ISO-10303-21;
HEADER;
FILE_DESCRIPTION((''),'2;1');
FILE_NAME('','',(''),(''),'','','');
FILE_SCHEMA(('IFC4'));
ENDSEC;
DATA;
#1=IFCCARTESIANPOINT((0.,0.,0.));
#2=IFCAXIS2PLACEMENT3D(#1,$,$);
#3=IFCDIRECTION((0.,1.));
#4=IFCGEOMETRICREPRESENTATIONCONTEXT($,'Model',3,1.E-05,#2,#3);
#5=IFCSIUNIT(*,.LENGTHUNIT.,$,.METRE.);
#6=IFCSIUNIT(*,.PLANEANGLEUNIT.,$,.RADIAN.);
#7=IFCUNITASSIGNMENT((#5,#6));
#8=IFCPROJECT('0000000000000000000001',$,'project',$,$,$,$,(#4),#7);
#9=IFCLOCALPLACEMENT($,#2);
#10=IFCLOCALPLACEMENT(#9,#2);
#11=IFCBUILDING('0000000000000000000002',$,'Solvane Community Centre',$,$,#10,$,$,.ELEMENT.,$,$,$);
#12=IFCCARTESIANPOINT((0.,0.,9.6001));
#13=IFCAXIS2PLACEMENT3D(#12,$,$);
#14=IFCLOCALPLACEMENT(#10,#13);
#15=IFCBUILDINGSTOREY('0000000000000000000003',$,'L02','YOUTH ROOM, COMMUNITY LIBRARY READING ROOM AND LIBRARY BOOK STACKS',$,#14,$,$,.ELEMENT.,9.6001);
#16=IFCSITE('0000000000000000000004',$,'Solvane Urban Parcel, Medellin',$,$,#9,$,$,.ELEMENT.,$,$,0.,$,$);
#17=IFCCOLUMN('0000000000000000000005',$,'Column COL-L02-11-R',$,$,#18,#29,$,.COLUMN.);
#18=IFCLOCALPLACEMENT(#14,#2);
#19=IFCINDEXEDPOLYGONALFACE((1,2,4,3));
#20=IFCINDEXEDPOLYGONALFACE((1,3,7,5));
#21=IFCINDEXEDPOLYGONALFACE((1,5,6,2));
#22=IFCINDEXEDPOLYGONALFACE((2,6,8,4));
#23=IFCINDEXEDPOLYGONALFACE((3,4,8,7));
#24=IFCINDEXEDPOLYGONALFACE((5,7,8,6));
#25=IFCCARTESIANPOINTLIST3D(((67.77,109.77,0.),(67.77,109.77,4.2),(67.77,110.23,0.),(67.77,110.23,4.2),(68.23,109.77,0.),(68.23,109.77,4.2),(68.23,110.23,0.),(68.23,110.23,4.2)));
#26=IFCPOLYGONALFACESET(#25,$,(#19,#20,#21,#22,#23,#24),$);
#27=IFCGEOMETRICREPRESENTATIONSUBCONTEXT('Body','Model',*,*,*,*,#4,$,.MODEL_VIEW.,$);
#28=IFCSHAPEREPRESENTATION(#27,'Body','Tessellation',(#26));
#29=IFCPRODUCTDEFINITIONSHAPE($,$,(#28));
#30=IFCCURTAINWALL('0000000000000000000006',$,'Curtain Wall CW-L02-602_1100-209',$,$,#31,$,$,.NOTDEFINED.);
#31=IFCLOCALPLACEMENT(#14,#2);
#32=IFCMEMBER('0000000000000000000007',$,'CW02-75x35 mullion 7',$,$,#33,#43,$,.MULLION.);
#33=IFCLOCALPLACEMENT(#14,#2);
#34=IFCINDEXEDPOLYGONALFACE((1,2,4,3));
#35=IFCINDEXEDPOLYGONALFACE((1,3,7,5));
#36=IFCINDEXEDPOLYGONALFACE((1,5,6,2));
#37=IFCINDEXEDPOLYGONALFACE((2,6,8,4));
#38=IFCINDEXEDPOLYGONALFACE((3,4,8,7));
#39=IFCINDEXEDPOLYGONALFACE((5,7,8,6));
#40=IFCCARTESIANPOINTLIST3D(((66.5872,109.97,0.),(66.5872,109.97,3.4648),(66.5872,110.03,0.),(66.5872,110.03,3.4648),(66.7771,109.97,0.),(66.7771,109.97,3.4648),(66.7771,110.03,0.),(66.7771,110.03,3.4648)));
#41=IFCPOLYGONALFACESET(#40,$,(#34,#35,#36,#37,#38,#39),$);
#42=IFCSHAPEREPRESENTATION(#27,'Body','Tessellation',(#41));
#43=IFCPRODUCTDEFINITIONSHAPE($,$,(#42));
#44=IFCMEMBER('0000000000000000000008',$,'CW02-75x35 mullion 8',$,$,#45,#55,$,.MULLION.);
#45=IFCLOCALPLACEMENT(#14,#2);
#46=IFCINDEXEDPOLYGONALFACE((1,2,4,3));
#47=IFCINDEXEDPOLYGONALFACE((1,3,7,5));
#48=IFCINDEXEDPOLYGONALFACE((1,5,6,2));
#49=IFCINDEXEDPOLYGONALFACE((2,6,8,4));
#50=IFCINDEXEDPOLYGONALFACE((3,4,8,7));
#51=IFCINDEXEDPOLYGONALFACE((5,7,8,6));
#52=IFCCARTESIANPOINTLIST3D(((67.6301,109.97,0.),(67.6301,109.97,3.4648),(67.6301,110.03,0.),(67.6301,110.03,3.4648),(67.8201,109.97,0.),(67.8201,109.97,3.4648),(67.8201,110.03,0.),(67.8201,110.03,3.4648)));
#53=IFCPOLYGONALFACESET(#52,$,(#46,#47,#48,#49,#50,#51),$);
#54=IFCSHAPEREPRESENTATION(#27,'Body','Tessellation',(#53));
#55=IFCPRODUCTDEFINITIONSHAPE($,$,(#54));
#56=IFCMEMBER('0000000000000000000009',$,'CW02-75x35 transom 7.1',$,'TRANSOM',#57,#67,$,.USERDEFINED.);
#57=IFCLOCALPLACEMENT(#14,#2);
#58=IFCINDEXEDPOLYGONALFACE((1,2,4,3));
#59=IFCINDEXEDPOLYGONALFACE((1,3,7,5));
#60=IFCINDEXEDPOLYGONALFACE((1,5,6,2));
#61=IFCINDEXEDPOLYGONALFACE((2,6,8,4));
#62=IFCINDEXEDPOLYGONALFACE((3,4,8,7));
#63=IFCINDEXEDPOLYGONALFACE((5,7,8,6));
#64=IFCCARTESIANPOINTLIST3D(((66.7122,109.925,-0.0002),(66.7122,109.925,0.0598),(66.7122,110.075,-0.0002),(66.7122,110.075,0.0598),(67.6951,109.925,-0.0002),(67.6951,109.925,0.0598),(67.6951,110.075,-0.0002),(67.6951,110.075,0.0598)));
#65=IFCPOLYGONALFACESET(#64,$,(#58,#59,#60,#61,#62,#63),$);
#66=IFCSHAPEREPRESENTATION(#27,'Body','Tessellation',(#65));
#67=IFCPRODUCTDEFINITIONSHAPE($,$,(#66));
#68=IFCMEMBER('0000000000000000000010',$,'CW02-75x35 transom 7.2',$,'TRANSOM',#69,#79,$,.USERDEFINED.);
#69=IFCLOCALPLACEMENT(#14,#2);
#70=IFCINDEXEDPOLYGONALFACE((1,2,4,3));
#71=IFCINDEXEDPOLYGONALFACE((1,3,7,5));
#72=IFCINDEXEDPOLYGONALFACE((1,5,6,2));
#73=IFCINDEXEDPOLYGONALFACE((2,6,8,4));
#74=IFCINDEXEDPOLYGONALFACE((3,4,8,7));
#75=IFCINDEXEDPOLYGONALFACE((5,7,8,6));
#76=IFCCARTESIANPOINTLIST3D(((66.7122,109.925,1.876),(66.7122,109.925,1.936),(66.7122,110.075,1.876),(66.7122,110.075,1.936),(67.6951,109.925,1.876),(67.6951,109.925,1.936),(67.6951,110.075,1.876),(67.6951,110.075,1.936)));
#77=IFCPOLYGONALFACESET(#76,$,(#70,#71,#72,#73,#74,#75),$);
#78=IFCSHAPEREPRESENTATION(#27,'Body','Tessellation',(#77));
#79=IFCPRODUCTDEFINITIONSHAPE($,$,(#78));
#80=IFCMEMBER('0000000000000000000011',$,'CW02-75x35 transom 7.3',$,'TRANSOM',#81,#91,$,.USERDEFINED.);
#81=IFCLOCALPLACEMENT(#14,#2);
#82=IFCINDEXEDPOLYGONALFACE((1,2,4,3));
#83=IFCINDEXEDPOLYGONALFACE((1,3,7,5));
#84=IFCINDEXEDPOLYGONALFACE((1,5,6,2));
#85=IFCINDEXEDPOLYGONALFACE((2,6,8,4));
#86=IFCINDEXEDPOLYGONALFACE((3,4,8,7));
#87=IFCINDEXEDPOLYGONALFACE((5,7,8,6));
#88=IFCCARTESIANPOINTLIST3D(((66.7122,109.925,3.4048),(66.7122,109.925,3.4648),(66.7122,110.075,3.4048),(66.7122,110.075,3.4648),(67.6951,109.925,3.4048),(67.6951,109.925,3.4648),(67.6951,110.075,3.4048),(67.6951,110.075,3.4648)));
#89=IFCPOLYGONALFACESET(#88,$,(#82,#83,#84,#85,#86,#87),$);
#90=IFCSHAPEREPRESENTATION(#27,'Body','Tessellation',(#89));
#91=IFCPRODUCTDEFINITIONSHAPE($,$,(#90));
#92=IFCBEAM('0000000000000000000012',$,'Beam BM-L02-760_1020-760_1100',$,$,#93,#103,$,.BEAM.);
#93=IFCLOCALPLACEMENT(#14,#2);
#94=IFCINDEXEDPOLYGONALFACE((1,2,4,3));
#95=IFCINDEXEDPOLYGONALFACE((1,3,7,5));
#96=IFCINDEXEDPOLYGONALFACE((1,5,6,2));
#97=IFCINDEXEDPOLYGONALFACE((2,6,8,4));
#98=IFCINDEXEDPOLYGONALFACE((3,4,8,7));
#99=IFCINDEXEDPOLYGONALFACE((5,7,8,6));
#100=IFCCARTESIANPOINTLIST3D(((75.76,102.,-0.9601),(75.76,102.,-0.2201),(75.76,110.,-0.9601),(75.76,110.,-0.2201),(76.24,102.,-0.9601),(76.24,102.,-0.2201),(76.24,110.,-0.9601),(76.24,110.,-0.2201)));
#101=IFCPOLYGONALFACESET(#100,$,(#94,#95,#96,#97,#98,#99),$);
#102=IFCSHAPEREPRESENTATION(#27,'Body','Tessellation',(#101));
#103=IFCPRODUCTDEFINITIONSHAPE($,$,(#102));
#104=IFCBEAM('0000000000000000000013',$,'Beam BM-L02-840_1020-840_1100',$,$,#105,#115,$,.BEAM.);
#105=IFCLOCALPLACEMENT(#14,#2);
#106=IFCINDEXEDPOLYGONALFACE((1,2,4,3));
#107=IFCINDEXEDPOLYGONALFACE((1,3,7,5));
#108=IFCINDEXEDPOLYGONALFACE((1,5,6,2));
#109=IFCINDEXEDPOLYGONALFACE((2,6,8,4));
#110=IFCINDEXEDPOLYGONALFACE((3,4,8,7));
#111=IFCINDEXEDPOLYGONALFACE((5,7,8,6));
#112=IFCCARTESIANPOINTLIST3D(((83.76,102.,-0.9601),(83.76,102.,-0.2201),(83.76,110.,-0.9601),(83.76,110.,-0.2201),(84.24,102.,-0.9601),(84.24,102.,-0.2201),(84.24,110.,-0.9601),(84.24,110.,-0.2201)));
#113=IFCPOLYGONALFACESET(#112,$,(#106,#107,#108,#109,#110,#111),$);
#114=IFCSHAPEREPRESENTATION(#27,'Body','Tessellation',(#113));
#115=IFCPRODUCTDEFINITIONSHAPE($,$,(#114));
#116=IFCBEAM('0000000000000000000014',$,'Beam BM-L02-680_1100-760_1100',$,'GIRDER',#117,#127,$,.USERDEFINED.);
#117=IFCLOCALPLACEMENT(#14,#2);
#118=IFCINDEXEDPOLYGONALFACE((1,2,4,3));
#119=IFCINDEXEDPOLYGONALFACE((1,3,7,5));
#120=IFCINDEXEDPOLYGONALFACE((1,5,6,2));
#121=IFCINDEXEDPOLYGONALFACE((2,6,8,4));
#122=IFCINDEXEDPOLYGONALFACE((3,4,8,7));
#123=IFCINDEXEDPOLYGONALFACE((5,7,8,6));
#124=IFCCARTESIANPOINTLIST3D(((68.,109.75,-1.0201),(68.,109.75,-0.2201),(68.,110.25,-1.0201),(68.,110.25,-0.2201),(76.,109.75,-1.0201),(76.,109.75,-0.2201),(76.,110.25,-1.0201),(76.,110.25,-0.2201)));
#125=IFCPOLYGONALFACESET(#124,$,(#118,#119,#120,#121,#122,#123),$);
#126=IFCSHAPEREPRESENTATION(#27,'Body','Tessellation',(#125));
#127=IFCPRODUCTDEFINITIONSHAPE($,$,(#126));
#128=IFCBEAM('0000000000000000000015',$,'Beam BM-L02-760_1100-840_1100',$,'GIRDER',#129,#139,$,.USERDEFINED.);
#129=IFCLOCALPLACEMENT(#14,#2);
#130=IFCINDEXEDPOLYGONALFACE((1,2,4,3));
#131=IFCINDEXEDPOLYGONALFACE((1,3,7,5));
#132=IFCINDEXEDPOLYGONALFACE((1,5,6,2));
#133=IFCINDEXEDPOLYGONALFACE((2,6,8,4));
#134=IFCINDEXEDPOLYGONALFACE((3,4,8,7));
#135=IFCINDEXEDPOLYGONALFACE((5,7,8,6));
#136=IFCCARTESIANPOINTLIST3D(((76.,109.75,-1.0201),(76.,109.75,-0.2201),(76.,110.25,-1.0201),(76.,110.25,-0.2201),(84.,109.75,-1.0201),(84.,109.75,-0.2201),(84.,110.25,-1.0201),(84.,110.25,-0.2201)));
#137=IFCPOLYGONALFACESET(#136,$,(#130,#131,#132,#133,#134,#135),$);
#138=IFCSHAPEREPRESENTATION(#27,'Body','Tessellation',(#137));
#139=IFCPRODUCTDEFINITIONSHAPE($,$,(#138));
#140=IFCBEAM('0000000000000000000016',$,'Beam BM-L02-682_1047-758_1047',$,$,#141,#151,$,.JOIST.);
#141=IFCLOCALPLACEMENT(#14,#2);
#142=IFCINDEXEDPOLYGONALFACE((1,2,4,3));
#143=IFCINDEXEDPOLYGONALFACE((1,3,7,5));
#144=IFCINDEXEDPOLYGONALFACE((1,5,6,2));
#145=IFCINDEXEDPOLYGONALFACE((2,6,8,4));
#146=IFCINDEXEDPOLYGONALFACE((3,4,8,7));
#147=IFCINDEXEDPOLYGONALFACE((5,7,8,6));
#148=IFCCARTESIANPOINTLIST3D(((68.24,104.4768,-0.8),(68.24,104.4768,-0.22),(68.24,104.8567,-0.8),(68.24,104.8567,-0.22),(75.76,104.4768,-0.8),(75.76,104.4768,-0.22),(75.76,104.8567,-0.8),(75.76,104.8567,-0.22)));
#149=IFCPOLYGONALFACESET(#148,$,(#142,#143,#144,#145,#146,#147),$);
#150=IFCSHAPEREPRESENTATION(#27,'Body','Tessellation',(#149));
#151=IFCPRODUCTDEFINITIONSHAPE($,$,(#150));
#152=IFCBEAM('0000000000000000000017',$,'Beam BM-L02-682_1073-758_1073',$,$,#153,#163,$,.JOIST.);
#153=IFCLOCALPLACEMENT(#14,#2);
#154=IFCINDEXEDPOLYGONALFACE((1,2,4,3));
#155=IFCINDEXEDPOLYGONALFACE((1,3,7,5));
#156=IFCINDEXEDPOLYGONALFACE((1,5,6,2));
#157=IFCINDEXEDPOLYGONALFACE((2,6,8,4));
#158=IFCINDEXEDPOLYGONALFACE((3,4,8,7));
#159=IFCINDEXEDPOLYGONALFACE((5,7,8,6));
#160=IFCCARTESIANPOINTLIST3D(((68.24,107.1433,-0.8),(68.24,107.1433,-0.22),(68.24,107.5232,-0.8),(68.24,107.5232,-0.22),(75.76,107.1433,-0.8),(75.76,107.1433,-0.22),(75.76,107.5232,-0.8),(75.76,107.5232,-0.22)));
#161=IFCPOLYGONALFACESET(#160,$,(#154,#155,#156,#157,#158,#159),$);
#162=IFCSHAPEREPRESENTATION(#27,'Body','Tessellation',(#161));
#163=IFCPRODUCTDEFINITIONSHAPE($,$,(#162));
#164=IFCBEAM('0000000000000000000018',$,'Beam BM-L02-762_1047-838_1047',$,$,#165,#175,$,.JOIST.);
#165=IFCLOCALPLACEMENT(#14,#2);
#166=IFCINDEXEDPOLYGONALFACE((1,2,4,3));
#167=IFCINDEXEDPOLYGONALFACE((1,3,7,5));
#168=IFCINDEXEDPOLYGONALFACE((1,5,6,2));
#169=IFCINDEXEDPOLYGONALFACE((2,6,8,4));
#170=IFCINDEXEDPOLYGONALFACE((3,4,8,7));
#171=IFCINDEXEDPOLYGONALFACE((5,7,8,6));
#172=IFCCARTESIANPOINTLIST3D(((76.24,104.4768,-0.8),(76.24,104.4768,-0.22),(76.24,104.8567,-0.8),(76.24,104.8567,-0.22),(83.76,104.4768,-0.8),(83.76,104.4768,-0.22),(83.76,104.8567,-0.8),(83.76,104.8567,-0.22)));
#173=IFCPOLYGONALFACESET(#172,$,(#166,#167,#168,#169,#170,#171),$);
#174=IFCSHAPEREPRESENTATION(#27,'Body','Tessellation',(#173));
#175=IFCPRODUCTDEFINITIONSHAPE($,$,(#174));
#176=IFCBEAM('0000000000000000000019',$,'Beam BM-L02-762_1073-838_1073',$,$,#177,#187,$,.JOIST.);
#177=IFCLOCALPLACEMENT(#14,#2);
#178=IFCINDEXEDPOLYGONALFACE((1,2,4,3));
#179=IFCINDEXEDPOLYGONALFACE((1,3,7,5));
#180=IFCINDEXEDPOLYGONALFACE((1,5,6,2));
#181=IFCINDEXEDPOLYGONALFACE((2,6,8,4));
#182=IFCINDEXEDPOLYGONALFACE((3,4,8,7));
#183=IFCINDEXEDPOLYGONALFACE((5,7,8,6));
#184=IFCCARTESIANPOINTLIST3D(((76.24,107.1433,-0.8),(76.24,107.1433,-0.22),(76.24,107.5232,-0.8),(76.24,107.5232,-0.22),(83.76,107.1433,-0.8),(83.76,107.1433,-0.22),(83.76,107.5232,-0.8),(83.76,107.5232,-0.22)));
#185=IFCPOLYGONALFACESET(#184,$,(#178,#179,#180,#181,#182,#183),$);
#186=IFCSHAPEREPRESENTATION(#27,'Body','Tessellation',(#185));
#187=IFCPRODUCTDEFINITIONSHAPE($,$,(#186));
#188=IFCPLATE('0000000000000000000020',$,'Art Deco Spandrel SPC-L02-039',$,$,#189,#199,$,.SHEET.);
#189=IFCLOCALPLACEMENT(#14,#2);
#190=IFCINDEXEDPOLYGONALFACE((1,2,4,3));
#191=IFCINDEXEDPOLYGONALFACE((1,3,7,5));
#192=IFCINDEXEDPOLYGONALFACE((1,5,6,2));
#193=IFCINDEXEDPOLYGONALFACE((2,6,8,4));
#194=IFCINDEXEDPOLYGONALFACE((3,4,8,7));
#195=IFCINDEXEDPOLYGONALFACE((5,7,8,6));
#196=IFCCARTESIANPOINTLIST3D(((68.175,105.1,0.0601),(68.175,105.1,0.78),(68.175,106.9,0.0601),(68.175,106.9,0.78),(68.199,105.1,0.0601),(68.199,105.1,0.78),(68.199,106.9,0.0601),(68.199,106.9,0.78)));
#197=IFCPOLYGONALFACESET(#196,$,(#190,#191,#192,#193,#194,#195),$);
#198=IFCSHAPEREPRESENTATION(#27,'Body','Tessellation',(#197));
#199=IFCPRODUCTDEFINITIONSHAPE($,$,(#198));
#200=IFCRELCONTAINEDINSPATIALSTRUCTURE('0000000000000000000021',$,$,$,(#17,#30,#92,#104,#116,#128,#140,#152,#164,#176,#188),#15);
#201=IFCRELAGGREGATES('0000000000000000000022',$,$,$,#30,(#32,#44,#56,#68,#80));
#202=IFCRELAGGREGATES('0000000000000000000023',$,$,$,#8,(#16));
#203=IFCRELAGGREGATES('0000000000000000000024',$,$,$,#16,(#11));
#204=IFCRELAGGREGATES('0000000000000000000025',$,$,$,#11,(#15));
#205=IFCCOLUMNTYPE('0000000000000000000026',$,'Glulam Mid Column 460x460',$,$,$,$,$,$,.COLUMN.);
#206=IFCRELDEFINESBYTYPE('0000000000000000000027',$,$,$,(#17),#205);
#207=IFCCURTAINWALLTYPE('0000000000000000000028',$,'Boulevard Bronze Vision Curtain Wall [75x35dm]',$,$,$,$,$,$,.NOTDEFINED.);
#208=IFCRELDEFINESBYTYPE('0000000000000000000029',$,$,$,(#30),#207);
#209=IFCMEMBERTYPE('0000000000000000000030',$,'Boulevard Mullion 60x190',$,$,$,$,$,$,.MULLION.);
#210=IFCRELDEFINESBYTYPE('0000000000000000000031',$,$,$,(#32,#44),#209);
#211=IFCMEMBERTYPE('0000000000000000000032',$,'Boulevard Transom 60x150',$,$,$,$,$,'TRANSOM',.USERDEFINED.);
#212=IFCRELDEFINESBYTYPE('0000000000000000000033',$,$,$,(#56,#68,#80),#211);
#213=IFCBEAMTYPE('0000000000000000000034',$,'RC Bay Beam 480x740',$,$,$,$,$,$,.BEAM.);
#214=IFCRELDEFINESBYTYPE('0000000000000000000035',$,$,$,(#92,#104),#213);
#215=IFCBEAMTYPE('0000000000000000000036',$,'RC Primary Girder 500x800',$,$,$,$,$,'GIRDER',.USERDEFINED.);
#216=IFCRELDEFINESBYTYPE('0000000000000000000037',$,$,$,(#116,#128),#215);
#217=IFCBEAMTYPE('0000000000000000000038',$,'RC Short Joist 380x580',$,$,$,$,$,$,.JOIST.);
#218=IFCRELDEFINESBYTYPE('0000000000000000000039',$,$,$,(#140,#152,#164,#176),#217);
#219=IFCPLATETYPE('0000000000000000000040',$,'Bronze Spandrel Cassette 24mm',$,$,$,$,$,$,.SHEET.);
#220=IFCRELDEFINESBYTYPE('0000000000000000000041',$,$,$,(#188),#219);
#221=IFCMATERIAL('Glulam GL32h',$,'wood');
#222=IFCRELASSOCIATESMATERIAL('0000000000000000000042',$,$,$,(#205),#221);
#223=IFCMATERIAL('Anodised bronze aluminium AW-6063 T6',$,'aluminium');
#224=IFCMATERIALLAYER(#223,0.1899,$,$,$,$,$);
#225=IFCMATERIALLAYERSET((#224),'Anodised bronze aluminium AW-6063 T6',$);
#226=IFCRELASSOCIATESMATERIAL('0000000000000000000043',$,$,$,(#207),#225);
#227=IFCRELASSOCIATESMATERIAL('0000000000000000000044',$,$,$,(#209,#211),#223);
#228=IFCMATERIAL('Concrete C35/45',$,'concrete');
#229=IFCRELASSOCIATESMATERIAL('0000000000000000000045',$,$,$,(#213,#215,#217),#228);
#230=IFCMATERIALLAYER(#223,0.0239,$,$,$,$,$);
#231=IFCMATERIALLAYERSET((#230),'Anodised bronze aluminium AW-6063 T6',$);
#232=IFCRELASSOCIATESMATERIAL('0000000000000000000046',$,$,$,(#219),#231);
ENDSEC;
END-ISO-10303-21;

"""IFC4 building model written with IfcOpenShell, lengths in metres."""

from ifc_helpers import new_model, si_unit, direction, frame, origin, origin_2d, place, context, subcontext, project, spatial, rectangle, extrude, material, layer, layer_set, material_profile, profile_set, type_object, element, aggregate, save


model = new_model("IFC4")

# Units and contexts
model_context = context("Model", 3, precision=1e-05, world=origin(), true_north=direction((0.0, 1.0)))
body_context = subcontext(model_context, "Body", "Model", "MODEL_VIEW")
ifc_project = project(units=[si_unit("LENGTHUNIT", "METRE"), si_unit("PLANEANGLEUNIT", "RADIAN")], contexts=[model_context])

# Site, building, storey
site_placement = place(None, origin())
site = spatial("IfcSite", under=ifc_project, at=site_placement, Name="Solvane Urban Parcel, Medellin", CompositionType="ELEMENT", RefElevation=0.0)
building_placement = place(site_placement, origin())
building = spatial("IfcBuilding", under=site, at=building_placement, Name="Solvane Community Centre", CompositionType="ELEMENT")
storey_placement = place(building_placement, frame((0.0, 0.0, 9.6001)))
storey = spatial("IfcBuildingStorey", under=building, at=storey_placement, Name="L02", Description="YOUTH ROOM, COMMUNITY LIBRARY READING ROOM AND LIBRARY BOOK STACKS", CompositionType="ELEMENT", Elevation=9.6001)

# Column
ifc_material_1 = material(Name="Glulam GL32h", Category="wood")
ifc_material_profile_1 = material_profile(ifc_material_1, rectangle(XDim=0.46, YDim=0.46, at=origin_2d()), Name="GL32h 460x460")
ifc_profile_set_1 = profile_set([ifc_material_profile_1], Name="Glulam GL32h")
column_type = type_object("IfcColumnType", Name="Glulam Mid Column 460x460", PredefinedType="COLUMN", material=ifc_profile_set_1)
column_placement = place(storey_placement, frame((68.0, 110.0, 0.0), z_axis=(0.0, 0.0, 1.0), x_axis=(1.0, 0.0, 0.0)))
element("IfcColumn", 1, at=column_placement, inside=storey, type_object=column_type, Name="Column COL-L02-11-R", PredefinedType="COLUMN", context=body_context, shape_type="SweptSolid", body=[
    extrude(rectangle(XDim=0.46, YDim=0.46, at=origin_2d()), origin(), (0.0, 0.0, 1.0), 4.2),
])

# Curtain wall, members
ifc_material_2 = material(Name="Anodised bronze aluminium AW-6063 T6", Category="aluminium")
ifc_layer_1 = layer(ifc_material_2, 0.1899)
ifc_layer_set_1 = layer_set([ifc_layer_1], Name="Anodised bronze aluminium AW-6063 T6")
curtain_wall_type = type_object("IfcCurtainWallType", Name="Boulevard Bronze Vision Curtain Wall [75x35dm]", PredefinedType="NOTDEFINED", material=ifc_layer_set_1)
curtain_wall_placement = place(storey_placement, origin())
curtain_wall = element("IfcCurtainWall", 2, at=curtain_wall_placement, inside=storey, type_object=curtain_wall_type, Name="Curtain Wall CW-L02-602_1100-209", PredefinedType="NOTDEFINED")
ifc_material_profile_2 = material_profile(ifc_material_2, rectangle(XDim=0.0601, YDim=0.1899, at=origin_2d()), Name="CW-M 60x190")
ifc_profile_set_2 = profile_set([ifc_material_profile_2], Name="Anodised bronze aluminium AW-6063 T6")
member_type_1 = type_object("IfcMemberType", Name="Boulevard Mullion 60x190", PredefinedType="MULLION", material=ifc_profile_set_2)
member_1_placement = place(storey_placement, frame((66.6821, 110.0, 0.0), z_axis=(0.0, 0.0, 1.0), x_axis=(0.0, 1.0, 0.0)))
member_1 = element("IfcMember", 3, at=member_1_placement, type_object=member_type_1, Name="CW02-75x35 mullion 7", PredefinedType="MULLION", context=body_context, shape_type="SweptSolid", body=[
    extrude(rectangle(XDim=0.0601, YDim=0.1899, at=origin_2d()), origin(), (0.0, 0.0, 1.0), 3.4648),
])
member_2_placement = place(storey_placement, frame((67.7251, 110.0, 0.0), z_axis=(0.0, 0.0, 1.0), x_axis=(0.0, 1.0, 0.0)))
member_2 = element("IfcMember", 4, at=member_2_placement, type_object=member_type_1, Name="CW02-75x35 mullion 8", PredefinedType="MULLION", context=body_context, shape_type="SweptSolid", body=[
    extrude(rectangle(XDim=0.0601, YDim=0.1899, at=origin_2d()), origin(), (0.0, 0.0, 1.0), 3.4648),
])
ifc_material_profile_3 = material_profile(ifc_material_2, rectangle(XDim=0.1499, YDim=0.0601, at=origin_2d()), Name="CW-T 60x150")
ifc_profile_set_3 = profile_set([ifc_material_profile_3], Name="Anodised bronze aluminium AW-6063 T6")
member_type_2 = type_object("IfcMemberType", Name="Boulevard Transom 60x150", ElementType="TRANSOM", PredefinedType="USERDEFINED", material=ifc_profile_set_3)
member_3_placement = place(storey_placement, frame((66.7122, 110.0, 0.0298), z_axis=(1.0, 0.0, 0.0), x_axis=(0.0, 1.0, 0.0)))
member_3 = element("IfcMember", 5, at=member_3_placement, type_object=member_type_2, Name="CW02-75x35 transom 7.1", ObjectType="TRANSOM", PredefinedType="USERDEFINED", context=body_context, shape_type="SweptSolid", body=[
    extrude(rectangle(XDim=0.1499, YDim=0.0601, at=origin_2d()), origin(), (0.0, 0.0, 1.0), 0.9829),
])
member_4_placement = place(storey_placement, frame((66.7122, 110.0, 1.906), z_axis=(1.0, 0.0, 0.0), x_axis=(0.0, 1.0, 0.0)))
member_4 = element("IfcMember", 6, at=member_4_placement, type_object=member_type_2, Name="CW02-75x35 transom 7.2", ObjectType="TRANSOM", PredefinedType="USERDEFINED", context=body_context, shape_type="SweptSolid", body=[
    extrude(rectangle(XDim=0.1499, YDim=0.0601, at=origin_2d()), origin(), (0.0, 0.0, 1.0), 0.9829),
])
member_5_placement = place(storey_placement, frame((66.7122, 110.0, 3.4348), z_axis=(1.0, 0.0, 0.0), x_axis=(0.0, 1.0, 0.0)))
member_5 = element("IfcMember", 7, at=member_5_placement, type_object=member_type_2, Name="CW02-75x35 transom 7.3", ObjectType="TRANSOM", PredefinedType="USERDEFINED", context=body_context, shape_type="SweptSolid", body=[
    extrude(rectangle(XDim=0.1499, YDim=0.0601, at=origin_2d()), origin(), (0.0, 0.0, 1.0), 0.9829),
])

# Beams
ifc_material_3 = material(Name="Concrete C35/45", Category="concrete")
ifc_material_profile_4 = material_profile(ifc_material_3, rectangle(XDim=0.48, YDim=0.74, at=origin_2d()), Name="RC 480x740")
ifc_profile_set_4 = profile_set([ifc_material_profile_4], Name="Concrete C35/45")
beam_type_1 = type_object("IfcBeamType", Name="RC Bay Beam 480x740", PredefinedType="BEAM", material=ifc_profile_set_4)
for number, where, z_axis, x_axis, name in (
    (8, (76.0, 102.0, -0.5901), (0.0, 1.0, 0.0), (-1.0, 0.0, 0.0), "Beam BM-L02-760_1020-760_1100"),
    (9, (84.0, 102.0, -0.5901), (0.0, 1.0, 0.0), (-1.0, 0.0, 0.0), "Beam BM-L02-840_1020-840_1100"),
):
    element("IfcBeam", number, at=place(storey_placement, frame(where, z_axis=z_axis, x_axis=x_axis)), inside=storey, type_object=beam_type_1, Name=name, PredefinedType="BEAM", context=body_context, shape_type="SweptSolid", body=[
        extrude(rectangle(XDim=0.48, YDim=0.74, at=origin_2d()), origin(), (0.0, 0.0, 1.0), 8.0),
    ])
ifc_material_profile_5 = material_profile(ifc_material_3, rectangle(XDim=0.5, YDim=0.8, at=origin_2d()), Name="RC 500x800")
ifc_profile_set_5 = profile_set([ifc_material_profile_5], Name="Concrete C35/45")
beam_type_2 = type_object("IfcBeamType", Name="RC Primary Girder 500x800", ElementType="GIRDER", PredefinedType="USERDEFINED", material=ifc_profile_set_5)
for number, where, z_axis, x_axis, name in (
    (10, (68.0, 110.0, -0.6201), (1.0, 0.0, 0.0), (0.0, 1.0, 0.0), "Beam BM-L02-680_1100-760_1100"),
    (11, (76.0, 110.0, -0.6201), (1.0, 0.0, 0.0), (0.0, 1.0, 0.0), "Beam BM-L02-760_1100-840_1100"),
):
    element("IfcBeam", number, at=place(storey_placement, frame(where, z_axis=z_axis, x_axis=x_axis)), inside=storey, type_object=beam_type_2, Name=name, ObjectType="GIRDER", PredefinedType="USERDEFINED", context=body_context, shape_type="SweptSolid", body=[
        extrude(rectangle(XDim=0.5, YDim=0.8, at=origin_2d()), origin(), (0.0, 0.0, 1.0), 8.0),
    ])
ifc_material_profile_6 = material_profile(ifc_material_3, rectangle(XDim=0.3799, YDim=0.5801, at=origin_2d()), Name="RC 380x580")
ifc_profile_set_6 = profile_set([ifc_material_profile_6], Name="Concrete C35/45")
beam_type_3 = type_object("IfcBeamType", Name="RC Short Joist 380x580", PredefinedType="JOIST", material=ifc_profile_set_6)
for number, where, z_axis, x_axis, name in (
    (12, (68.24, 104.6667, -0.51), (1.0, 0.0, 0.0), (0.0, 1.0, 0.0), "Beam BM-L02-682_1047-758_1047"),
    (13, (68.24, 107.3333, -0.51), (1.0, 0.0, 0.0), (0.0, 1.0, 0.0), "Beam BM-L02-682_1073-758_1073"),
    (14, (76.24, 104.6667, -0.51), (1.0, 0.0, 0.0), (0.0, 1.0, 0.0), "Beam BM-L02-762_1047-838_1047"),
    (15, (76.24, 107.3333, -0.51), (1.0, 0.0, 0.0), (0.0, 1.0, 0.0), "Beam BM-L02-762_1073-838_1073"),
):
    element("IfcBeam", number, at=place(storey_placement, frame(where, z_axis=z_axis, x_axis=x_axis)), inside=storey, type_object=beam_type_3, Name=name, PredefinedType="JOIST", context=body_context, shape_type="SweptSolid", body=[
        extrude(rectangle(XDim=0.3799, YDim=0.5801, at=origin_2d()), origin(), (0.0, 0.0, 1.0), 7.52),
    ])

# Plate
ifc_layer_2 = layer(ifc_material_2, 0.0239)
ifc_layer_set_2 = layer_set([ifc_layer_2], Name="Anodised bronze aluminium AW-6063 T6")
plate_type_1 = type_object("IfcPlateType", Name="Bronze Spandrel Cassette 24mm", PredefinedType="SHEET", material=ifc_layer_set_2)
plate_1_placement = place(storey_placement, frame((68.187, 106.0, 0.0601), z_axis=(0.0, 0.0, 1.0), x_axis=(0.0, -1.0, 0.0)))
element("IfcPlate", 16, at=plate_1_placement, inside=storey, type_object=plate_type_1, Name="Art Deco Spandrel SPC-L02-039", PredefinedType="SHEET", context=body_context, shape_type="SweptSolid", body=[
    extrude(rectangle(XDim=1.8, YDim=0.0239, at=origin_2d()), origin(), (0.0, 0.0, 1.0), 0.72),
])
aggregate(curtain_wall, [member_1, member_2, member_3, member_4, member_5])

save(model, "model.ifc")
